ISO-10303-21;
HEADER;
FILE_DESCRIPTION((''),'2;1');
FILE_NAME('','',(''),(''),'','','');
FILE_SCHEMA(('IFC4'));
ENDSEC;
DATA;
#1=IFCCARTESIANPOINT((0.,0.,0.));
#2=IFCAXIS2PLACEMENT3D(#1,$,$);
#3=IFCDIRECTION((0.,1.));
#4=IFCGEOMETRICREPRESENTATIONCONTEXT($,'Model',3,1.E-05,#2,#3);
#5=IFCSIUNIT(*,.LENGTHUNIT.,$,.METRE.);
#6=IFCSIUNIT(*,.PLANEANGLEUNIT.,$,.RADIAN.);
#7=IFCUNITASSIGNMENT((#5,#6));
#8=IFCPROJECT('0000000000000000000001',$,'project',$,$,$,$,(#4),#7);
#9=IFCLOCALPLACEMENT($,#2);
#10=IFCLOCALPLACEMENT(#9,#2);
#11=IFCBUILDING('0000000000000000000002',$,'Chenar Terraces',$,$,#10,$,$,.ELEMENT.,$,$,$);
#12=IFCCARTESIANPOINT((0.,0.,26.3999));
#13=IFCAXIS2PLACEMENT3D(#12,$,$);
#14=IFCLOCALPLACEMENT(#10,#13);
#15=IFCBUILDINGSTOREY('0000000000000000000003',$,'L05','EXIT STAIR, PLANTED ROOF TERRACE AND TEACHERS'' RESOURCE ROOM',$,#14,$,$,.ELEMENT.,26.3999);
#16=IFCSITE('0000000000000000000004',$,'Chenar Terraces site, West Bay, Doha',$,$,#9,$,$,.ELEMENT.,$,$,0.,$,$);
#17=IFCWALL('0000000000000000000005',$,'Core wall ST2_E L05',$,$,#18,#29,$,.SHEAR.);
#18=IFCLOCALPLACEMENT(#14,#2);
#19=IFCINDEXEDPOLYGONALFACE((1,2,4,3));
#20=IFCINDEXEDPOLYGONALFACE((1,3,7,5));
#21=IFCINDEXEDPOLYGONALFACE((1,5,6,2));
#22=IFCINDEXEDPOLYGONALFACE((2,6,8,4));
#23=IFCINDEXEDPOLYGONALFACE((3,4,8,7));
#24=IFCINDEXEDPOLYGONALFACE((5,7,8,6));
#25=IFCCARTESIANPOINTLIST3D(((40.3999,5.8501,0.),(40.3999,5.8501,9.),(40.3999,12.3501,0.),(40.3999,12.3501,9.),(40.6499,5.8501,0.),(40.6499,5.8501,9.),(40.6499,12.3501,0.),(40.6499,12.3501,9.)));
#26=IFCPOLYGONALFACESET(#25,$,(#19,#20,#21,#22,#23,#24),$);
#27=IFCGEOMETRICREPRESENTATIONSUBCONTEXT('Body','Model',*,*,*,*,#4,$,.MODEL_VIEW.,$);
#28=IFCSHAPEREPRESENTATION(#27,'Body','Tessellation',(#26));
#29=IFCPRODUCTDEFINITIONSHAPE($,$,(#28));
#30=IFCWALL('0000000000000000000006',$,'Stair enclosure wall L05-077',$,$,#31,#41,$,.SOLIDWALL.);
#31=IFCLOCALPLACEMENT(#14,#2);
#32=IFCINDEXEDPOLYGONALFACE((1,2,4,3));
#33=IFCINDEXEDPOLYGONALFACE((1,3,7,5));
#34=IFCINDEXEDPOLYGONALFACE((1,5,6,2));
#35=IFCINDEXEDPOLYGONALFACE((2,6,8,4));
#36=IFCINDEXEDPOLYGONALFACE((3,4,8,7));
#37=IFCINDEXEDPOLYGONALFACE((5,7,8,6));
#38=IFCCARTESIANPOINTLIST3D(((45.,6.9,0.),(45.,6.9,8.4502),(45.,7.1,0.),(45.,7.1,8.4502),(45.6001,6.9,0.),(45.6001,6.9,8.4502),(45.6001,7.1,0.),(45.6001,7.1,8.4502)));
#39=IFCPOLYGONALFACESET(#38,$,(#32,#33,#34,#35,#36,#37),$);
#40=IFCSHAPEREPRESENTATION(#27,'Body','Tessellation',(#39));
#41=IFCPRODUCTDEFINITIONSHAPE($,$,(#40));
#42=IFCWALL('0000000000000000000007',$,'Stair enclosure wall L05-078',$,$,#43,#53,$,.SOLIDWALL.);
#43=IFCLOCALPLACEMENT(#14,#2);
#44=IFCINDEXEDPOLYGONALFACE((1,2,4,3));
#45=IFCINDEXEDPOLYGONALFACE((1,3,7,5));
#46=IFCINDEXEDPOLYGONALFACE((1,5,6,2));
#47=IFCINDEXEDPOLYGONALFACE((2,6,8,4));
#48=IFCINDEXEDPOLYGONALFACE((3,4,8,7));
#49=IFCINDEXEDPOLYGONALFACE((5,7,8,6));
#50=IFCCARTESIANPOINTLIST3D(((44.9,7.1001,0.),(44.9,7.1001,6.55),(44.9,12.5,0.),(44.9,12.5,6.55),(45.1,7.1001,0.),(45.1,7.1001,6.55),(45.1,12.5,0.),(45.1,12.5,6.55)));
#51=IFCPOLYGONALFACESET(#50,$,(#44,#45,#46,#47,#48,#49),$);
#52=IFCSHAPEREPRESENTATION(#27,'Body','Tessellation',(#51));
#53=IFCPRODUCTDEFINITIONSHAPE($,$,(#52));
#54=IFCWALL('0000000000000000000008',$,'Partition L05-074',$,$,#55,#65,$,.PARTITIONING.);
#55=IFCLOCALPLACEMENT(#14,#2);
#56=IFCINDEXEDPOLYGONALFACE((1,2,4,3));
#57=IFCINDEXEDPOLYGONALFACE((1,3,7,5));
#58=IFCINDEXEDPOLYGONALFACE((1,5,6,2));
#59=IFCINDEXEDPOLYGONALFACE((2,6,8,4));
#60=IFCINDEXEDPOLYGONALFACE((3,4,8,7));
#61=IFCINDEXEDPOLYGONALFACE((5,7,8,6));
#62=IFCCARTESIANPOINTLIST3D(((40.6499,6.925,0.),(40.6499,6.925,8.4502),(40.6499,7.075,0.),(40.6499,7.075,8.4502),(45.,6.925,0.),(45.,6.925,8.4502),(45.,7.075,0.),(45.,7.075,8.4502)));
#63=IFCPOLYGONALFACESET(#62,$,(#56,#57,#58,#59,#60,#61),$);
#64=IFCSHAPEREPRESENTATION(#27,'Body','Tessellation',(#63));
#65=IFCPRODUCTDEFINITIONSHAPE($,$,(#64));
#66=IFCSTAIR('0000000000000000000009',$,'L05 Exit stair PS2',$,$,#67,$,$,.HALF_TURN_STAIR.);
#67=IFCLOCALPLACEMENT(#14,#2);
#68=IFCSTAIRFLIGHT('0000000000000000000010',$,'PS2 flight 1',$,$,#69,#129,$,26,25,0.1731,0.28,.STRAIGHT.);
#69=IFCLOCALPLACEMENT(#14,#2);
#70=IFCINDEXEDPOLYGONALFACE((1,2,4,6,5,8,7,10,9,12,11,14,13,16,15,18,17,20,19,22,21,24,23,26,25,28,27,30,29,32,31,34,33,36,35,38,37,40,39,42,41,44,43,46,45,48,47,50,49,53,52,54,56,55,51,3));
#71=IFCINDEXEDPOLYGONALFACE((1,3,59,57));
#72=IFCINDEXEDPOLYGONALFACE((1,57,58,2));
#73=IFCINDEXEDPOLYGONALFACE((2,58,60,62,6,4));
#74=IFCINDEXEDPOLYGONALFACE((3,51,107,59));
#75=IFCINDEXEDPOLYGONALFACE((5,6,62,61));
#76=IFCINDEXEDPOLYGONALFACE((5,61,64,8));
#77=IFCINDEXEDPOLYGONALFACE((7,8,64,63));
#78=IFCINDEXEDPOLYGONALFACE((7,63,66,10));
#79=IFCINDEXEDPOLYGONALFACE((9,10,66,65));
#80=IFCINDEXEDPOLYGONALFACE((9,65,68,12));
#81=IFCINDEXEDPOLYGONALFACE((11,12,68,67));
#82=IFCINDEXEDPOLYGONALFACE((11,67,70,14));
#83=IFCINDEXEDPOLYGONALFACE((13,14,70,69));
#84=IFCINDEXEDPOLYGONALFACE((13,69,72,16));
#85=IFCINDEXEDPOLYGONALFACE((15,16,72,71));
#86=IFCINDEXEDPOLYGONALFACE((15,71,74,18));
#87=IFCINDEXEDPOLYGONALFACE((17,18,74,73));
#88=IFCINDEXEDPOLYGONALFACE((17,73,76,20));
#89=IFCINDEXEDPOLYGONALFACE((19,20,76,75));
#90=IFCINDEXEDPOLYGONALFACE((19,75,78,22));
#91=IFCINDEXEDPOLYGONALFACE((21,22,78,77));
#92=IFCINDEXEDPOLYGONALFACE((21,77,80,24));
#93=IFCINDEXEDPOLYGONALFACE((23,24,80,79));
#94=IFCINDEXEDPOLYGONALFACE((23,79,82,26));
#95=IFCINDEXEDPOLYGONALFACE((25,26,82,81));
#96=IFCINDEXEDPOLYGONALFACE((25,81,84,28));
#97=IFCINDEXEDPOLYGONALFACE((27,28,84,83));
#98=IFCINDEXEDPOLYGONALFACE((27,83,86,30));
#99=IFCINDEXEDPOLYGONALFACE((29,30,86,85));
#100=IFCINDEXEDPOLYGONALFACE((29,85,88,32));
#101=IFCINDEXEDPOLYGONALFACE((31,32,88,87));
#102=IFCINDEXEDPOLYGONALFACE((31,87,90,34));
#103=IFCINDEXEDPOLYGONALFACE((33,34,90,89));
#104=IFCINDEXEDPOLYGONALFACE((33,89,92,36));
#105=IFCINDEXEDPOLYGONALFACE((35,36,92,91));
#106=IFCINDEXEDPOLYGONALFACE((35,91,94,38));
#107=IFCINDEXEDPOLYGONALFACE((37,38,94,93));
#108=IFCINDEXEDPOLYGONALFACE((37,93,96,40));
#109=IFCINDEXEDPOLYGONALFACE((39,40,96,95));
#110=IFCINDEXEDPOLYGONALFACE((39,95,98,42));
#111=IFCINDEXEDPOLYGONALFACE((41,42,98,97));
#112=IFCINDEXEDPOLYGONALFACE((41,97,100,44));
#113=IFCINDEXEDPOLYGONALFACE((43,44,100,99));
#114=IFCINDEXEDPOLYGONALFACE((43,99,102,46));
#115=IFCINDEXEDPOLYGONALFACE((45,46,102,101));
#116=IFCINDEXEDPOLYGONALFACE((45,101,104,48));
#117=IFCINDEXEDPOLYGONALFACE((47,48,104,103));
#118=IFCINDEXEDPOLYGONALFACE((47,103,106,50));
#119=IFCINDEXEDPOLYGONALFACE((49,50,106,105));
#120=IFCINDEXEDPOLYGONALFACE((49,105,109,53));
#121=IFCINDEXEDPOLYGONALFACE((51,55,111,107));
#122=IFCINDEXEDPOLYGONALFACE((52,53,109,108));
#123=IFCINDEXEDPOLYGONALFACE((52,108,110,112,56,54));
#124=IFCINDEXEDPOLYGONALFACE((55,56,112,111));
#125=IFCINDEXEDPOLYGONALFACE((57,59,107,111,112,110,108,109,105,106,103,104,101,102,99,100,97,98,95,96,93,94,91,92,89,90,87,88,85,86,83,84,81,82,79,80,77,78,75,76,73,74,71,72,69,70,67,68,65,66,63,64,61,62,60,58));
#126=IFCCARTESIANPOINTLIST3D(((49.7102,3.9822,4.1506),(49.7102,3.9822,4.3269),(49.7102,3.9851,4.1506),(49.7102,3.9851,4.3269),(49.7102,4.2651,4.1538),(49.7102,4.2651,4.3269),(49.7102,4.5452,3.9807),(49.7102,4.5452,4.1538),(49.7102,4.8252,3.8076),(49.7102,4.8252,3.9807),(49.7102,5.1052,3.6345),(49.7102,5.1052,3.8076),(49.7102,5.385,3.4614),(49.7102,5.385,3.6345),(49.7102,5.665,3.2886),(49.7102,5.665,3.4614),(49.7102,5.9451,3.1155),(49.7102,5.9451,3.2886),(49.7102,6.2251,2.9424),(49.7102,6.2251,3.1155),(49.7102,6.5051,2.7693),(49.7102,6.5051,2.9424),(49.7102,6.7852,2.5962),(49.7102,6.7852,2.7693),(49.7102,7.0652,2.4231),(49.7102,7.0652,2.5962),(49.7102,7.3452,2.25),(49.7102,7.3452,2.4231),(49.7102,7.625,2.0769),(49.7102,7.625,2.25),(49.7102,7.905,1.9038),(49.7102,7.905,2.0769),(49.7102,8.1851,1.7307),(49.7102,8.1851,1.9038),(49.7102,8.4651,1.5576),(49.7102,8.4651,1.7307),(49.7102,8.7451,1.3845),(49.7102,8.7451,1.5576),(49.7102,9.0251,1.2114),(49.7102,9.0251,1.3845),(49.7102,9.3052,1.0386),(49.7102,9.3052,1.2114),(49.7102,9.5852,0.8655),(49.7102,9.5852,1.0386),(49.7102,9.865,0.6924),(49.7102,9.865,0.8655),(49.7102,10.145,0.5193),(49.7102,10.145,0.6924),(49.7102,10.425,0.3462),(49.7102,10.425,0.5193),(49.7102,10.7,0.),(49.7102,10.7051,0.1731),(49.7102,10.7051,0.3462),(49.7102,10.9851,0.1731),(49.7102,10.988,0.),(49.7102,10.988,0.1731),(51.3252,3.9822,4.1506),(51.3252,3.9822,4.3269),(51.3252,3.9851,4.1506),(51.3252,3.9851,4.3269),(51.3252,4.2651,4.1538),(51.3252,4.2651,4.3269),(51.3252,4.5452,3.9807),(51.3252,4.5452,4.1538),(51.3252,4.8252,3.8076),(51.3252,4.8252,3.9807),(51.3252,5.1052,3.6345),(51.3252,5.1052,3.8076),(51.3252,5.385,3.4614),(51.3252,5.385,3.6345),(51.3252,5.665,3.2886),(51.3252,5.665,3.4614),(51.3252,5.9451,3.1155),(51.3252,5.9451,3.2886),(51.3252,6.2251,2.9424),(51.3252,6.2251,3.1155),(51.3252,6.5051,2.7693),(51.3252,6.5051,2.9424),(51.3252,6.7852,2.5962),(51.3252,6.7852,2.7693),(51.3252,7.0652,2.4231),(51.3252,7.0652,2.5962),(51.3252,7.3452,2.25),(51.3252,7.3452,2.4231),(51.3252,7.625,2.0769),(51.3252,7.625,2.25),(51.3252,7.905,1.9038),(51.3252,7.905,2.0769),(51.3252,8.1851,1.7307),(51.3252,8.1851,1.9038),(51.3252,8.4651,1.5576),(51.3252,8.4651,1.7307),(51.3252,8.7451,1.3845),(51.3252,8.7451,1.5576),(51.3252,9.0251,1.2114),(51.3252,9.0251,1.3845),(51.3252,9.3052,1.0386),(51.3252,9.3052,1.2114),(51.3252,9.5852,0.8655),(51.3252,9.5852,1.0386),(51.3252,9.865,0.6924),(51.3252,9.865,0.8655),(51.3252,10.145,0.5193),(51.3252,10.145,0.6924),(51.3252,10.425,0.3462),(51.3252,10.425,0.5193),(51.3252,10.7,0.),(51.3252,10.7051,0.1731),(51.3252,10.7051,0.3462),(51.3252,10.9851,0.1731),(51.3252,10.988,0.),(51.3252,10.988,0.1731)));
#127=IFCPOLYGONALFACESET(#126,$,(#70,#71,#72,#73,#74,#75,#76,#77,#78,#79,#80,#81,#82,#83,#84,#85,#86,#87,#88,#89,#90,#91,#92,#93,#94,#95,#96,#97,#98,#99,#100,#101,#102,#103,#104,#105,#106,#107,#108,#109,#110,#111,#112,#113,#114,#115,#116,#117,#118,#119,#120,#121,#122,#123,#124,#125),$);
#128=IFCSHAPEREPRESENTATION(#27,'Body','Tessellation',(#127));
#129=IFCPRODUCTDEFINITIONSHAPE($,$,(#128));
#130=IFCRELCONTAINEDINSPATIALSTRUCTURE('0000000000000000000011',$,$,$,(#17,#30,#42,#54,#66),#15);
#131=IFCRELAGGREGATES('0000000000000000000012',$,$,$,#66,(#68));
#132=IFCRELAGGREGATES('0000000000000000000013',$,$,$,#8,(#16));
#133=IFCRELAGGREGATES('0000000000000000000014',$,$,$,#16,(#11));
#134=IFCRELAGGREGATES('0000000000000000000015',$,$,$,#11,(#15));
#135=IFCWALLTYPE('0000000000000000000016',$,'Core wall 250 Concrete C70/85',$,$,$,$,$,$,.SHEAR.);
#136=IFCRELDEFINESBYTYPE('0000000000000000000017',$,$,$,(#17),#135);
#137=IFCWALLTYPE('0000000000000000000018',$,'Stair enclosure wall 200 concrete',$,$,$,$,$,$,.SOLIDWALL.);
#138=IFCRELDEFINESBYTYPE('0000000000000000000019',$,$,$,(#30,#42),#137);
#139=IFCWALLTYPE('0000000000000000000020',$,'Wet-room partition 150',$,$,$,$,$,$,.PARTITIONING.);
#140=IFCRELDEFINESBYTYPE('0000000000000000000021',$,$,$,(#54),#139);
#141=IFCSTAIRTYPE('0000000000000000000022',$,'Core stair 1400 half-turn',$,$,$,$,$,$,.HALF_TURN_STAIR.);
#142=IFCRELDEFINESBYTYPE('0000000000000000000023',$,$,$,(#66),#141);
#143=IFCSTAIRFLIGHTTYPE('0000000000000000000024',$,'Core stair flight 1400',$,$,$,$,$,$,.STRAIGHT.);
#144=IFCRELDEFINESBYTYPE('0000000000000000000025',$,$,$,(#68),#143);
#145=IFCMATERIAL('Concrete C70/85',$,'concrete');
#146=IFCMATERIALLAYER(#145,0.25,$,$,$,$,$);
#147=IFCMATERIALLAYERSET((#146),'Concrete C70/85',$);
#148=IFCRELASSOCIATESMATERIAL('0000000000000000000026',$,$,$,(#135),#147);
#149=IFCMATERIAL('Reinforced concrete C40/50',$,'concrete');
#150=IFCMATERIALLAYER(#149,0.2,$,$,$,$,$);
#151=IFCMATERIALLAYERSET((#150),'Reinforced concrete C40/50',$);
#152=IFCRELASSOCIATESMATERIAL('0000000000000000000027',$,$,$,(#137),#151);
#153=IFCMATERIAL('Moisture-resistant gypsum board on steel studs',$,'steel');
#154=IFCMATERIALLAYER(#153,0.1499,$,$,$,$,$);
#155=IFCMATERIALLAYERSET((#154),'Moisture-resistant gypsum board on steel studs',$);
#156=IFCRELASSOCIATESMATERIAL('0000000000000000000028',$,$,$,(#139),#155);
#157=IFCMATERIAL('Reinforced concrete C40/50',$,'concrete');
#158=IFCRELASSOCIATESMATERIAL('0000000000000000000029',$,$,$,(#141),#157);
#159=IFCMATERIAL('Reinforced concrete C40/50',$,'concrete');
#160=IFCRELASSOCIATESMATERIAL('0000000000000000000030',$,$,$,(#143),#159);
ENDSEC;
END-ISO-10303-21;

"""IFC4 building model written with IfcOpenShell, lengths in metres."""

from ifc_helpers import new_model, si_unit, direction, frame, frame_2d, origin, place, context, subcontext, project, spatial, polyline, rectangle, outline, extrude, material, layer, layer_set, type_object, element, aggregate, save


model = new_model("IFC4")

# Units and contexts
model_context = context("Model", 3, precision=1e-05, world=origin(), true_north=direction((0.0, 1.0)))
body_context = subcontext(model_context, "Body", "Model", "MODEL_VIEW")
ifc_project = project(units=[si_unit("LENGTHUNIT", "METRE"), si_unit("PLANEANGLEUNIT", "RADIAN")], contexts=[model_context])

# Site, building, storey
site_placement = place(None, origin())
site = spatial("IfcSite", under=ifc_project, at=site_placement, Name="Chenar Terraces site, West Bay, Doha", CompositionType="ELEMENT", RefElevation=0.0)
building_placement = place(site_placement, origin())
building = spatial("IfcBuilding", under=site, at=building_placement, Name="Chenar Terraces", CompositionType="ELEMENT")
storey_placement = place(building_placement, frame((0.0, 0.0, 26.3999)))
storey = spatial("IfcBuildingStorey", under=building, at=storey_placement, Name="L05", Description="EXIT STAIR, PLANTED ROOF TERRACE AND TEACHERS' RESOURCE ROOM", CompositionType="ELEMENT", Elevation=26.3999)

# Walls
ifc_material_1 = material(Name="Concrete C70/85", Category="concrete")
ifc_layer_1 = layer(ifc_material_1, 0.25)
ifc_layer_set_1 = layer_set([ifc_layer_1], Name="Concrete C70/85")
wall_type_1 = type_object("IfcWallType", Name="Core wall 250 Concrete C70/85", PredefinedType="SHEAR", material=ifc_layer_set_1)
wall_1_placement = place(storey_placement, frame((40.5249, 5.8501, 0.0), z_axis=(0.0, 0.0, 1.0), x_axis=(0.0, 1.0, 0.0)))
element("IfcWall", 1, at=wall_1_placement, inside=storey, type_object=wall_type_1, Name="Core wall ST2_E L05", PredefinedType="SHEAR", context=body_context, shape_type="SweptSolid", body=[
    extrude(rectangle(XDim=6.5, YDim=0.25, at=frame_2d((3.25, 0.0))), origin(), (0.0, 0.0, 1.0), 9.0),
])
ifc_material_2 = material(Name="Reinforced concrete C40/50", Category="concrete")
ifc_layer_2 = layer(ifc_material_2, 0.2)
ifc_layer_set_2 = layer_set([ifc_layer_2], Name="Reinforced concrete C40/50")
wall_type_2 = type_object("IfcWallType", Name="Stair enclosure wall 200 concrete", PredefinedType="SOLIDWALL", material=ifc_layer_set_2)
wall_2_placement = place(storey_placement, frame((45.0, 7.0, 0.0), z_axis=(0.0, 0.0, 1.0), x_axis=(1.0, 0.0, 0.0)))
element("IfcWall", 2, at=wall_2_placement, inside=storey, type_object=wall_type_2, Name="Stair enclosure wall L05-077", PredefinedType="SOLIDWALL", context=body_context, shape_type="SweptSolid", body=[
    extrude(rectangle(XDim=0.6001, YDim=0.2, at=frame_2d((0.3, 0.0))), origin(), (0.0, 0.0, 1.0), 8.4502),
])
wall_3_placement = place(storey_placement, frame((45.0, 7.1001, 0.0), z_axis=(0.0, 0.0, 1.0), x_axis=(0.0, 1.0, 0.0)))
element("IfcWall", 3, at=wall_3_placement, inside=storey, type_object=wall_type_2, Name="Stair enclosure wall L05-078", PredefinedType="SOLIDWALL", context=body_context, shape_type="SweptSolid", body=[
    extrude(rectangle(XDim=5.3999, YDim=0.2, at=frame_2d((2.7, 0.0))), origin(), (0.0, 0.0, 1.0), 6.55),
])
ifc_material_3 = material(Name="Moisture-resistant gypsum board on steel studs", Category="steel")
ifc_layer_3 = layer(ifc_material_3, 0.1499)
ifc_layer_set_3 = layer_set([ifc_layer_3], Name="Moisture-resistant gypsum board on steel studs")
wall_type_3 = type_object("IfcWallType", Name="Wet-room partition 150", PredefinedType="PARTITIONING", material=ifc_layer_set_3)
wall_4_placement = place(storey_placement, frame((40.6499, 7.0, 0.0), z_axis=(0.0, 0.0, 1.0), x_axis=(1.0, 0.0, 0.0)))
element("IfcWall", 4, at=wall_4_placement, inside=storey, type_object=wall_type_3, Name="Partition L05-074", PredefinedType="PARTITIONING", context=body_context, shape_type="SweptSolid", body=[
    extrude(rectangle(XDim=4.3501, YDim=0.1499, at=frame_2d((2.175, 0.0))), origin(), (0.0, 0.0, 1.0), 8.4502),
])

# Stair, stair flight
ifc_material_4 = material(Name="Reinforced concrete C40/50", Category="concrete")
stair_type = type_object("IfcStairType", Name="Core stair 1400 half-turn", PredefinedType="HALF_TURN_STAIR", material=ifc_material_4)
placement = place(storey_placement, origin())
stair_1 = element("IfcStair", 5, at=placement, inside=storey, type_object=stair_type, Name="L05 Exit stair PS2", PredefinedType="HALF_TURN_STAIR")
ifc_material_5 = material(Name="Reinforced concrete C40/50", Category="concrete")
stair_flight_type = type_object("IfcStairFlightType", Name="Core stair flight 1400", PredefinedType="STRAIGHT", material=ifc_material_5)
stair_flight_1_placement = place(storey_placement, frame((50.5176, 10.9851, 0.0), z_axis=(0.0, 0.0, 1.0), x_axis=(0.0, -1.0, 0.0)))
stair_flight_1 = element("IfcStairFlight", 6, at=stair_flight_1_placement, type_object=stair_flight_type, Name="PS2 flight 1", NumberOfRisers=26, NumberOfTreads=25, PredefinedType="STRAIGHT", RiserHeight=0.1731, TreadLength=0.28, context=body_context, shape_type="SweptSolid", body=[
    extrude(outline(polyline([(-0.0029, 0.0), (-0.0029, 0.1731), (0.0, 0.1731), (0.28, 0.1731), (0.28, 0.3462), (0.5601, 0.3462), (0.5601, 0.5193), (0.8401, 0.5193), (0.8401, 0.6924), (1.1201, 0.6924), (1.1201, 0.8655), (1.3999, 0.8655), (1.3999, 1.0386), (1.6799, 1.0386), (1.6799, 1.2114), (1.96, 1.2114), (1.96, 1.3845), (2.24, 1.3845), (2.24, 1.5576), (2.52, 1.5576), (2.52, 1.7307), (2.8, 1.7307), (2.8, 1.9038), (3.0801, 1.9038), (3.0801, 2.0769), (3.3601, 2.0769), (3.3601, 2.25), (3.6399, 2.25), (3.6399, 2.4231), (3.9199, 2.4231), (3.9199, 2.5962), (4.2, 2.5962), (4.2, 2.7693), (4.48, 2.7693), (4.48, 2.9424), (4.76, 2.9424), (4.76, 3.1155), (5.04, 3.1155), (5.04, 3.2886), (5.3201, 3.2886), (5.3201, 3.4614), (5.6001, 3.4614), (5.6001, 3.6345), (5.8799, 3.6345), (5.8799, 3.8076), (6.1599, 3.8076), (6.1599, 3.9807), (6.4399, 3.9807), (6.4399, 4.1538), (6.72, 4.1538), (6.72, 4.3269), (7.0, 4.3269), (7.0029, 4.3269), (7.0029, 4.1506), (7.0, 4.1506), (0.2852, 0.0), (-0.0029, 0.0)])), frame((0.0, 0.8076, 0.0), z_axis=(0.0, -1.0, 0.0), x_axis=(1.0, 0.0, 0.0)), (0.0, 0.0, 1.0), 1.615),
])
aggregate(stair_1, [stair_flight_1])

save(model, "model.ifc")
